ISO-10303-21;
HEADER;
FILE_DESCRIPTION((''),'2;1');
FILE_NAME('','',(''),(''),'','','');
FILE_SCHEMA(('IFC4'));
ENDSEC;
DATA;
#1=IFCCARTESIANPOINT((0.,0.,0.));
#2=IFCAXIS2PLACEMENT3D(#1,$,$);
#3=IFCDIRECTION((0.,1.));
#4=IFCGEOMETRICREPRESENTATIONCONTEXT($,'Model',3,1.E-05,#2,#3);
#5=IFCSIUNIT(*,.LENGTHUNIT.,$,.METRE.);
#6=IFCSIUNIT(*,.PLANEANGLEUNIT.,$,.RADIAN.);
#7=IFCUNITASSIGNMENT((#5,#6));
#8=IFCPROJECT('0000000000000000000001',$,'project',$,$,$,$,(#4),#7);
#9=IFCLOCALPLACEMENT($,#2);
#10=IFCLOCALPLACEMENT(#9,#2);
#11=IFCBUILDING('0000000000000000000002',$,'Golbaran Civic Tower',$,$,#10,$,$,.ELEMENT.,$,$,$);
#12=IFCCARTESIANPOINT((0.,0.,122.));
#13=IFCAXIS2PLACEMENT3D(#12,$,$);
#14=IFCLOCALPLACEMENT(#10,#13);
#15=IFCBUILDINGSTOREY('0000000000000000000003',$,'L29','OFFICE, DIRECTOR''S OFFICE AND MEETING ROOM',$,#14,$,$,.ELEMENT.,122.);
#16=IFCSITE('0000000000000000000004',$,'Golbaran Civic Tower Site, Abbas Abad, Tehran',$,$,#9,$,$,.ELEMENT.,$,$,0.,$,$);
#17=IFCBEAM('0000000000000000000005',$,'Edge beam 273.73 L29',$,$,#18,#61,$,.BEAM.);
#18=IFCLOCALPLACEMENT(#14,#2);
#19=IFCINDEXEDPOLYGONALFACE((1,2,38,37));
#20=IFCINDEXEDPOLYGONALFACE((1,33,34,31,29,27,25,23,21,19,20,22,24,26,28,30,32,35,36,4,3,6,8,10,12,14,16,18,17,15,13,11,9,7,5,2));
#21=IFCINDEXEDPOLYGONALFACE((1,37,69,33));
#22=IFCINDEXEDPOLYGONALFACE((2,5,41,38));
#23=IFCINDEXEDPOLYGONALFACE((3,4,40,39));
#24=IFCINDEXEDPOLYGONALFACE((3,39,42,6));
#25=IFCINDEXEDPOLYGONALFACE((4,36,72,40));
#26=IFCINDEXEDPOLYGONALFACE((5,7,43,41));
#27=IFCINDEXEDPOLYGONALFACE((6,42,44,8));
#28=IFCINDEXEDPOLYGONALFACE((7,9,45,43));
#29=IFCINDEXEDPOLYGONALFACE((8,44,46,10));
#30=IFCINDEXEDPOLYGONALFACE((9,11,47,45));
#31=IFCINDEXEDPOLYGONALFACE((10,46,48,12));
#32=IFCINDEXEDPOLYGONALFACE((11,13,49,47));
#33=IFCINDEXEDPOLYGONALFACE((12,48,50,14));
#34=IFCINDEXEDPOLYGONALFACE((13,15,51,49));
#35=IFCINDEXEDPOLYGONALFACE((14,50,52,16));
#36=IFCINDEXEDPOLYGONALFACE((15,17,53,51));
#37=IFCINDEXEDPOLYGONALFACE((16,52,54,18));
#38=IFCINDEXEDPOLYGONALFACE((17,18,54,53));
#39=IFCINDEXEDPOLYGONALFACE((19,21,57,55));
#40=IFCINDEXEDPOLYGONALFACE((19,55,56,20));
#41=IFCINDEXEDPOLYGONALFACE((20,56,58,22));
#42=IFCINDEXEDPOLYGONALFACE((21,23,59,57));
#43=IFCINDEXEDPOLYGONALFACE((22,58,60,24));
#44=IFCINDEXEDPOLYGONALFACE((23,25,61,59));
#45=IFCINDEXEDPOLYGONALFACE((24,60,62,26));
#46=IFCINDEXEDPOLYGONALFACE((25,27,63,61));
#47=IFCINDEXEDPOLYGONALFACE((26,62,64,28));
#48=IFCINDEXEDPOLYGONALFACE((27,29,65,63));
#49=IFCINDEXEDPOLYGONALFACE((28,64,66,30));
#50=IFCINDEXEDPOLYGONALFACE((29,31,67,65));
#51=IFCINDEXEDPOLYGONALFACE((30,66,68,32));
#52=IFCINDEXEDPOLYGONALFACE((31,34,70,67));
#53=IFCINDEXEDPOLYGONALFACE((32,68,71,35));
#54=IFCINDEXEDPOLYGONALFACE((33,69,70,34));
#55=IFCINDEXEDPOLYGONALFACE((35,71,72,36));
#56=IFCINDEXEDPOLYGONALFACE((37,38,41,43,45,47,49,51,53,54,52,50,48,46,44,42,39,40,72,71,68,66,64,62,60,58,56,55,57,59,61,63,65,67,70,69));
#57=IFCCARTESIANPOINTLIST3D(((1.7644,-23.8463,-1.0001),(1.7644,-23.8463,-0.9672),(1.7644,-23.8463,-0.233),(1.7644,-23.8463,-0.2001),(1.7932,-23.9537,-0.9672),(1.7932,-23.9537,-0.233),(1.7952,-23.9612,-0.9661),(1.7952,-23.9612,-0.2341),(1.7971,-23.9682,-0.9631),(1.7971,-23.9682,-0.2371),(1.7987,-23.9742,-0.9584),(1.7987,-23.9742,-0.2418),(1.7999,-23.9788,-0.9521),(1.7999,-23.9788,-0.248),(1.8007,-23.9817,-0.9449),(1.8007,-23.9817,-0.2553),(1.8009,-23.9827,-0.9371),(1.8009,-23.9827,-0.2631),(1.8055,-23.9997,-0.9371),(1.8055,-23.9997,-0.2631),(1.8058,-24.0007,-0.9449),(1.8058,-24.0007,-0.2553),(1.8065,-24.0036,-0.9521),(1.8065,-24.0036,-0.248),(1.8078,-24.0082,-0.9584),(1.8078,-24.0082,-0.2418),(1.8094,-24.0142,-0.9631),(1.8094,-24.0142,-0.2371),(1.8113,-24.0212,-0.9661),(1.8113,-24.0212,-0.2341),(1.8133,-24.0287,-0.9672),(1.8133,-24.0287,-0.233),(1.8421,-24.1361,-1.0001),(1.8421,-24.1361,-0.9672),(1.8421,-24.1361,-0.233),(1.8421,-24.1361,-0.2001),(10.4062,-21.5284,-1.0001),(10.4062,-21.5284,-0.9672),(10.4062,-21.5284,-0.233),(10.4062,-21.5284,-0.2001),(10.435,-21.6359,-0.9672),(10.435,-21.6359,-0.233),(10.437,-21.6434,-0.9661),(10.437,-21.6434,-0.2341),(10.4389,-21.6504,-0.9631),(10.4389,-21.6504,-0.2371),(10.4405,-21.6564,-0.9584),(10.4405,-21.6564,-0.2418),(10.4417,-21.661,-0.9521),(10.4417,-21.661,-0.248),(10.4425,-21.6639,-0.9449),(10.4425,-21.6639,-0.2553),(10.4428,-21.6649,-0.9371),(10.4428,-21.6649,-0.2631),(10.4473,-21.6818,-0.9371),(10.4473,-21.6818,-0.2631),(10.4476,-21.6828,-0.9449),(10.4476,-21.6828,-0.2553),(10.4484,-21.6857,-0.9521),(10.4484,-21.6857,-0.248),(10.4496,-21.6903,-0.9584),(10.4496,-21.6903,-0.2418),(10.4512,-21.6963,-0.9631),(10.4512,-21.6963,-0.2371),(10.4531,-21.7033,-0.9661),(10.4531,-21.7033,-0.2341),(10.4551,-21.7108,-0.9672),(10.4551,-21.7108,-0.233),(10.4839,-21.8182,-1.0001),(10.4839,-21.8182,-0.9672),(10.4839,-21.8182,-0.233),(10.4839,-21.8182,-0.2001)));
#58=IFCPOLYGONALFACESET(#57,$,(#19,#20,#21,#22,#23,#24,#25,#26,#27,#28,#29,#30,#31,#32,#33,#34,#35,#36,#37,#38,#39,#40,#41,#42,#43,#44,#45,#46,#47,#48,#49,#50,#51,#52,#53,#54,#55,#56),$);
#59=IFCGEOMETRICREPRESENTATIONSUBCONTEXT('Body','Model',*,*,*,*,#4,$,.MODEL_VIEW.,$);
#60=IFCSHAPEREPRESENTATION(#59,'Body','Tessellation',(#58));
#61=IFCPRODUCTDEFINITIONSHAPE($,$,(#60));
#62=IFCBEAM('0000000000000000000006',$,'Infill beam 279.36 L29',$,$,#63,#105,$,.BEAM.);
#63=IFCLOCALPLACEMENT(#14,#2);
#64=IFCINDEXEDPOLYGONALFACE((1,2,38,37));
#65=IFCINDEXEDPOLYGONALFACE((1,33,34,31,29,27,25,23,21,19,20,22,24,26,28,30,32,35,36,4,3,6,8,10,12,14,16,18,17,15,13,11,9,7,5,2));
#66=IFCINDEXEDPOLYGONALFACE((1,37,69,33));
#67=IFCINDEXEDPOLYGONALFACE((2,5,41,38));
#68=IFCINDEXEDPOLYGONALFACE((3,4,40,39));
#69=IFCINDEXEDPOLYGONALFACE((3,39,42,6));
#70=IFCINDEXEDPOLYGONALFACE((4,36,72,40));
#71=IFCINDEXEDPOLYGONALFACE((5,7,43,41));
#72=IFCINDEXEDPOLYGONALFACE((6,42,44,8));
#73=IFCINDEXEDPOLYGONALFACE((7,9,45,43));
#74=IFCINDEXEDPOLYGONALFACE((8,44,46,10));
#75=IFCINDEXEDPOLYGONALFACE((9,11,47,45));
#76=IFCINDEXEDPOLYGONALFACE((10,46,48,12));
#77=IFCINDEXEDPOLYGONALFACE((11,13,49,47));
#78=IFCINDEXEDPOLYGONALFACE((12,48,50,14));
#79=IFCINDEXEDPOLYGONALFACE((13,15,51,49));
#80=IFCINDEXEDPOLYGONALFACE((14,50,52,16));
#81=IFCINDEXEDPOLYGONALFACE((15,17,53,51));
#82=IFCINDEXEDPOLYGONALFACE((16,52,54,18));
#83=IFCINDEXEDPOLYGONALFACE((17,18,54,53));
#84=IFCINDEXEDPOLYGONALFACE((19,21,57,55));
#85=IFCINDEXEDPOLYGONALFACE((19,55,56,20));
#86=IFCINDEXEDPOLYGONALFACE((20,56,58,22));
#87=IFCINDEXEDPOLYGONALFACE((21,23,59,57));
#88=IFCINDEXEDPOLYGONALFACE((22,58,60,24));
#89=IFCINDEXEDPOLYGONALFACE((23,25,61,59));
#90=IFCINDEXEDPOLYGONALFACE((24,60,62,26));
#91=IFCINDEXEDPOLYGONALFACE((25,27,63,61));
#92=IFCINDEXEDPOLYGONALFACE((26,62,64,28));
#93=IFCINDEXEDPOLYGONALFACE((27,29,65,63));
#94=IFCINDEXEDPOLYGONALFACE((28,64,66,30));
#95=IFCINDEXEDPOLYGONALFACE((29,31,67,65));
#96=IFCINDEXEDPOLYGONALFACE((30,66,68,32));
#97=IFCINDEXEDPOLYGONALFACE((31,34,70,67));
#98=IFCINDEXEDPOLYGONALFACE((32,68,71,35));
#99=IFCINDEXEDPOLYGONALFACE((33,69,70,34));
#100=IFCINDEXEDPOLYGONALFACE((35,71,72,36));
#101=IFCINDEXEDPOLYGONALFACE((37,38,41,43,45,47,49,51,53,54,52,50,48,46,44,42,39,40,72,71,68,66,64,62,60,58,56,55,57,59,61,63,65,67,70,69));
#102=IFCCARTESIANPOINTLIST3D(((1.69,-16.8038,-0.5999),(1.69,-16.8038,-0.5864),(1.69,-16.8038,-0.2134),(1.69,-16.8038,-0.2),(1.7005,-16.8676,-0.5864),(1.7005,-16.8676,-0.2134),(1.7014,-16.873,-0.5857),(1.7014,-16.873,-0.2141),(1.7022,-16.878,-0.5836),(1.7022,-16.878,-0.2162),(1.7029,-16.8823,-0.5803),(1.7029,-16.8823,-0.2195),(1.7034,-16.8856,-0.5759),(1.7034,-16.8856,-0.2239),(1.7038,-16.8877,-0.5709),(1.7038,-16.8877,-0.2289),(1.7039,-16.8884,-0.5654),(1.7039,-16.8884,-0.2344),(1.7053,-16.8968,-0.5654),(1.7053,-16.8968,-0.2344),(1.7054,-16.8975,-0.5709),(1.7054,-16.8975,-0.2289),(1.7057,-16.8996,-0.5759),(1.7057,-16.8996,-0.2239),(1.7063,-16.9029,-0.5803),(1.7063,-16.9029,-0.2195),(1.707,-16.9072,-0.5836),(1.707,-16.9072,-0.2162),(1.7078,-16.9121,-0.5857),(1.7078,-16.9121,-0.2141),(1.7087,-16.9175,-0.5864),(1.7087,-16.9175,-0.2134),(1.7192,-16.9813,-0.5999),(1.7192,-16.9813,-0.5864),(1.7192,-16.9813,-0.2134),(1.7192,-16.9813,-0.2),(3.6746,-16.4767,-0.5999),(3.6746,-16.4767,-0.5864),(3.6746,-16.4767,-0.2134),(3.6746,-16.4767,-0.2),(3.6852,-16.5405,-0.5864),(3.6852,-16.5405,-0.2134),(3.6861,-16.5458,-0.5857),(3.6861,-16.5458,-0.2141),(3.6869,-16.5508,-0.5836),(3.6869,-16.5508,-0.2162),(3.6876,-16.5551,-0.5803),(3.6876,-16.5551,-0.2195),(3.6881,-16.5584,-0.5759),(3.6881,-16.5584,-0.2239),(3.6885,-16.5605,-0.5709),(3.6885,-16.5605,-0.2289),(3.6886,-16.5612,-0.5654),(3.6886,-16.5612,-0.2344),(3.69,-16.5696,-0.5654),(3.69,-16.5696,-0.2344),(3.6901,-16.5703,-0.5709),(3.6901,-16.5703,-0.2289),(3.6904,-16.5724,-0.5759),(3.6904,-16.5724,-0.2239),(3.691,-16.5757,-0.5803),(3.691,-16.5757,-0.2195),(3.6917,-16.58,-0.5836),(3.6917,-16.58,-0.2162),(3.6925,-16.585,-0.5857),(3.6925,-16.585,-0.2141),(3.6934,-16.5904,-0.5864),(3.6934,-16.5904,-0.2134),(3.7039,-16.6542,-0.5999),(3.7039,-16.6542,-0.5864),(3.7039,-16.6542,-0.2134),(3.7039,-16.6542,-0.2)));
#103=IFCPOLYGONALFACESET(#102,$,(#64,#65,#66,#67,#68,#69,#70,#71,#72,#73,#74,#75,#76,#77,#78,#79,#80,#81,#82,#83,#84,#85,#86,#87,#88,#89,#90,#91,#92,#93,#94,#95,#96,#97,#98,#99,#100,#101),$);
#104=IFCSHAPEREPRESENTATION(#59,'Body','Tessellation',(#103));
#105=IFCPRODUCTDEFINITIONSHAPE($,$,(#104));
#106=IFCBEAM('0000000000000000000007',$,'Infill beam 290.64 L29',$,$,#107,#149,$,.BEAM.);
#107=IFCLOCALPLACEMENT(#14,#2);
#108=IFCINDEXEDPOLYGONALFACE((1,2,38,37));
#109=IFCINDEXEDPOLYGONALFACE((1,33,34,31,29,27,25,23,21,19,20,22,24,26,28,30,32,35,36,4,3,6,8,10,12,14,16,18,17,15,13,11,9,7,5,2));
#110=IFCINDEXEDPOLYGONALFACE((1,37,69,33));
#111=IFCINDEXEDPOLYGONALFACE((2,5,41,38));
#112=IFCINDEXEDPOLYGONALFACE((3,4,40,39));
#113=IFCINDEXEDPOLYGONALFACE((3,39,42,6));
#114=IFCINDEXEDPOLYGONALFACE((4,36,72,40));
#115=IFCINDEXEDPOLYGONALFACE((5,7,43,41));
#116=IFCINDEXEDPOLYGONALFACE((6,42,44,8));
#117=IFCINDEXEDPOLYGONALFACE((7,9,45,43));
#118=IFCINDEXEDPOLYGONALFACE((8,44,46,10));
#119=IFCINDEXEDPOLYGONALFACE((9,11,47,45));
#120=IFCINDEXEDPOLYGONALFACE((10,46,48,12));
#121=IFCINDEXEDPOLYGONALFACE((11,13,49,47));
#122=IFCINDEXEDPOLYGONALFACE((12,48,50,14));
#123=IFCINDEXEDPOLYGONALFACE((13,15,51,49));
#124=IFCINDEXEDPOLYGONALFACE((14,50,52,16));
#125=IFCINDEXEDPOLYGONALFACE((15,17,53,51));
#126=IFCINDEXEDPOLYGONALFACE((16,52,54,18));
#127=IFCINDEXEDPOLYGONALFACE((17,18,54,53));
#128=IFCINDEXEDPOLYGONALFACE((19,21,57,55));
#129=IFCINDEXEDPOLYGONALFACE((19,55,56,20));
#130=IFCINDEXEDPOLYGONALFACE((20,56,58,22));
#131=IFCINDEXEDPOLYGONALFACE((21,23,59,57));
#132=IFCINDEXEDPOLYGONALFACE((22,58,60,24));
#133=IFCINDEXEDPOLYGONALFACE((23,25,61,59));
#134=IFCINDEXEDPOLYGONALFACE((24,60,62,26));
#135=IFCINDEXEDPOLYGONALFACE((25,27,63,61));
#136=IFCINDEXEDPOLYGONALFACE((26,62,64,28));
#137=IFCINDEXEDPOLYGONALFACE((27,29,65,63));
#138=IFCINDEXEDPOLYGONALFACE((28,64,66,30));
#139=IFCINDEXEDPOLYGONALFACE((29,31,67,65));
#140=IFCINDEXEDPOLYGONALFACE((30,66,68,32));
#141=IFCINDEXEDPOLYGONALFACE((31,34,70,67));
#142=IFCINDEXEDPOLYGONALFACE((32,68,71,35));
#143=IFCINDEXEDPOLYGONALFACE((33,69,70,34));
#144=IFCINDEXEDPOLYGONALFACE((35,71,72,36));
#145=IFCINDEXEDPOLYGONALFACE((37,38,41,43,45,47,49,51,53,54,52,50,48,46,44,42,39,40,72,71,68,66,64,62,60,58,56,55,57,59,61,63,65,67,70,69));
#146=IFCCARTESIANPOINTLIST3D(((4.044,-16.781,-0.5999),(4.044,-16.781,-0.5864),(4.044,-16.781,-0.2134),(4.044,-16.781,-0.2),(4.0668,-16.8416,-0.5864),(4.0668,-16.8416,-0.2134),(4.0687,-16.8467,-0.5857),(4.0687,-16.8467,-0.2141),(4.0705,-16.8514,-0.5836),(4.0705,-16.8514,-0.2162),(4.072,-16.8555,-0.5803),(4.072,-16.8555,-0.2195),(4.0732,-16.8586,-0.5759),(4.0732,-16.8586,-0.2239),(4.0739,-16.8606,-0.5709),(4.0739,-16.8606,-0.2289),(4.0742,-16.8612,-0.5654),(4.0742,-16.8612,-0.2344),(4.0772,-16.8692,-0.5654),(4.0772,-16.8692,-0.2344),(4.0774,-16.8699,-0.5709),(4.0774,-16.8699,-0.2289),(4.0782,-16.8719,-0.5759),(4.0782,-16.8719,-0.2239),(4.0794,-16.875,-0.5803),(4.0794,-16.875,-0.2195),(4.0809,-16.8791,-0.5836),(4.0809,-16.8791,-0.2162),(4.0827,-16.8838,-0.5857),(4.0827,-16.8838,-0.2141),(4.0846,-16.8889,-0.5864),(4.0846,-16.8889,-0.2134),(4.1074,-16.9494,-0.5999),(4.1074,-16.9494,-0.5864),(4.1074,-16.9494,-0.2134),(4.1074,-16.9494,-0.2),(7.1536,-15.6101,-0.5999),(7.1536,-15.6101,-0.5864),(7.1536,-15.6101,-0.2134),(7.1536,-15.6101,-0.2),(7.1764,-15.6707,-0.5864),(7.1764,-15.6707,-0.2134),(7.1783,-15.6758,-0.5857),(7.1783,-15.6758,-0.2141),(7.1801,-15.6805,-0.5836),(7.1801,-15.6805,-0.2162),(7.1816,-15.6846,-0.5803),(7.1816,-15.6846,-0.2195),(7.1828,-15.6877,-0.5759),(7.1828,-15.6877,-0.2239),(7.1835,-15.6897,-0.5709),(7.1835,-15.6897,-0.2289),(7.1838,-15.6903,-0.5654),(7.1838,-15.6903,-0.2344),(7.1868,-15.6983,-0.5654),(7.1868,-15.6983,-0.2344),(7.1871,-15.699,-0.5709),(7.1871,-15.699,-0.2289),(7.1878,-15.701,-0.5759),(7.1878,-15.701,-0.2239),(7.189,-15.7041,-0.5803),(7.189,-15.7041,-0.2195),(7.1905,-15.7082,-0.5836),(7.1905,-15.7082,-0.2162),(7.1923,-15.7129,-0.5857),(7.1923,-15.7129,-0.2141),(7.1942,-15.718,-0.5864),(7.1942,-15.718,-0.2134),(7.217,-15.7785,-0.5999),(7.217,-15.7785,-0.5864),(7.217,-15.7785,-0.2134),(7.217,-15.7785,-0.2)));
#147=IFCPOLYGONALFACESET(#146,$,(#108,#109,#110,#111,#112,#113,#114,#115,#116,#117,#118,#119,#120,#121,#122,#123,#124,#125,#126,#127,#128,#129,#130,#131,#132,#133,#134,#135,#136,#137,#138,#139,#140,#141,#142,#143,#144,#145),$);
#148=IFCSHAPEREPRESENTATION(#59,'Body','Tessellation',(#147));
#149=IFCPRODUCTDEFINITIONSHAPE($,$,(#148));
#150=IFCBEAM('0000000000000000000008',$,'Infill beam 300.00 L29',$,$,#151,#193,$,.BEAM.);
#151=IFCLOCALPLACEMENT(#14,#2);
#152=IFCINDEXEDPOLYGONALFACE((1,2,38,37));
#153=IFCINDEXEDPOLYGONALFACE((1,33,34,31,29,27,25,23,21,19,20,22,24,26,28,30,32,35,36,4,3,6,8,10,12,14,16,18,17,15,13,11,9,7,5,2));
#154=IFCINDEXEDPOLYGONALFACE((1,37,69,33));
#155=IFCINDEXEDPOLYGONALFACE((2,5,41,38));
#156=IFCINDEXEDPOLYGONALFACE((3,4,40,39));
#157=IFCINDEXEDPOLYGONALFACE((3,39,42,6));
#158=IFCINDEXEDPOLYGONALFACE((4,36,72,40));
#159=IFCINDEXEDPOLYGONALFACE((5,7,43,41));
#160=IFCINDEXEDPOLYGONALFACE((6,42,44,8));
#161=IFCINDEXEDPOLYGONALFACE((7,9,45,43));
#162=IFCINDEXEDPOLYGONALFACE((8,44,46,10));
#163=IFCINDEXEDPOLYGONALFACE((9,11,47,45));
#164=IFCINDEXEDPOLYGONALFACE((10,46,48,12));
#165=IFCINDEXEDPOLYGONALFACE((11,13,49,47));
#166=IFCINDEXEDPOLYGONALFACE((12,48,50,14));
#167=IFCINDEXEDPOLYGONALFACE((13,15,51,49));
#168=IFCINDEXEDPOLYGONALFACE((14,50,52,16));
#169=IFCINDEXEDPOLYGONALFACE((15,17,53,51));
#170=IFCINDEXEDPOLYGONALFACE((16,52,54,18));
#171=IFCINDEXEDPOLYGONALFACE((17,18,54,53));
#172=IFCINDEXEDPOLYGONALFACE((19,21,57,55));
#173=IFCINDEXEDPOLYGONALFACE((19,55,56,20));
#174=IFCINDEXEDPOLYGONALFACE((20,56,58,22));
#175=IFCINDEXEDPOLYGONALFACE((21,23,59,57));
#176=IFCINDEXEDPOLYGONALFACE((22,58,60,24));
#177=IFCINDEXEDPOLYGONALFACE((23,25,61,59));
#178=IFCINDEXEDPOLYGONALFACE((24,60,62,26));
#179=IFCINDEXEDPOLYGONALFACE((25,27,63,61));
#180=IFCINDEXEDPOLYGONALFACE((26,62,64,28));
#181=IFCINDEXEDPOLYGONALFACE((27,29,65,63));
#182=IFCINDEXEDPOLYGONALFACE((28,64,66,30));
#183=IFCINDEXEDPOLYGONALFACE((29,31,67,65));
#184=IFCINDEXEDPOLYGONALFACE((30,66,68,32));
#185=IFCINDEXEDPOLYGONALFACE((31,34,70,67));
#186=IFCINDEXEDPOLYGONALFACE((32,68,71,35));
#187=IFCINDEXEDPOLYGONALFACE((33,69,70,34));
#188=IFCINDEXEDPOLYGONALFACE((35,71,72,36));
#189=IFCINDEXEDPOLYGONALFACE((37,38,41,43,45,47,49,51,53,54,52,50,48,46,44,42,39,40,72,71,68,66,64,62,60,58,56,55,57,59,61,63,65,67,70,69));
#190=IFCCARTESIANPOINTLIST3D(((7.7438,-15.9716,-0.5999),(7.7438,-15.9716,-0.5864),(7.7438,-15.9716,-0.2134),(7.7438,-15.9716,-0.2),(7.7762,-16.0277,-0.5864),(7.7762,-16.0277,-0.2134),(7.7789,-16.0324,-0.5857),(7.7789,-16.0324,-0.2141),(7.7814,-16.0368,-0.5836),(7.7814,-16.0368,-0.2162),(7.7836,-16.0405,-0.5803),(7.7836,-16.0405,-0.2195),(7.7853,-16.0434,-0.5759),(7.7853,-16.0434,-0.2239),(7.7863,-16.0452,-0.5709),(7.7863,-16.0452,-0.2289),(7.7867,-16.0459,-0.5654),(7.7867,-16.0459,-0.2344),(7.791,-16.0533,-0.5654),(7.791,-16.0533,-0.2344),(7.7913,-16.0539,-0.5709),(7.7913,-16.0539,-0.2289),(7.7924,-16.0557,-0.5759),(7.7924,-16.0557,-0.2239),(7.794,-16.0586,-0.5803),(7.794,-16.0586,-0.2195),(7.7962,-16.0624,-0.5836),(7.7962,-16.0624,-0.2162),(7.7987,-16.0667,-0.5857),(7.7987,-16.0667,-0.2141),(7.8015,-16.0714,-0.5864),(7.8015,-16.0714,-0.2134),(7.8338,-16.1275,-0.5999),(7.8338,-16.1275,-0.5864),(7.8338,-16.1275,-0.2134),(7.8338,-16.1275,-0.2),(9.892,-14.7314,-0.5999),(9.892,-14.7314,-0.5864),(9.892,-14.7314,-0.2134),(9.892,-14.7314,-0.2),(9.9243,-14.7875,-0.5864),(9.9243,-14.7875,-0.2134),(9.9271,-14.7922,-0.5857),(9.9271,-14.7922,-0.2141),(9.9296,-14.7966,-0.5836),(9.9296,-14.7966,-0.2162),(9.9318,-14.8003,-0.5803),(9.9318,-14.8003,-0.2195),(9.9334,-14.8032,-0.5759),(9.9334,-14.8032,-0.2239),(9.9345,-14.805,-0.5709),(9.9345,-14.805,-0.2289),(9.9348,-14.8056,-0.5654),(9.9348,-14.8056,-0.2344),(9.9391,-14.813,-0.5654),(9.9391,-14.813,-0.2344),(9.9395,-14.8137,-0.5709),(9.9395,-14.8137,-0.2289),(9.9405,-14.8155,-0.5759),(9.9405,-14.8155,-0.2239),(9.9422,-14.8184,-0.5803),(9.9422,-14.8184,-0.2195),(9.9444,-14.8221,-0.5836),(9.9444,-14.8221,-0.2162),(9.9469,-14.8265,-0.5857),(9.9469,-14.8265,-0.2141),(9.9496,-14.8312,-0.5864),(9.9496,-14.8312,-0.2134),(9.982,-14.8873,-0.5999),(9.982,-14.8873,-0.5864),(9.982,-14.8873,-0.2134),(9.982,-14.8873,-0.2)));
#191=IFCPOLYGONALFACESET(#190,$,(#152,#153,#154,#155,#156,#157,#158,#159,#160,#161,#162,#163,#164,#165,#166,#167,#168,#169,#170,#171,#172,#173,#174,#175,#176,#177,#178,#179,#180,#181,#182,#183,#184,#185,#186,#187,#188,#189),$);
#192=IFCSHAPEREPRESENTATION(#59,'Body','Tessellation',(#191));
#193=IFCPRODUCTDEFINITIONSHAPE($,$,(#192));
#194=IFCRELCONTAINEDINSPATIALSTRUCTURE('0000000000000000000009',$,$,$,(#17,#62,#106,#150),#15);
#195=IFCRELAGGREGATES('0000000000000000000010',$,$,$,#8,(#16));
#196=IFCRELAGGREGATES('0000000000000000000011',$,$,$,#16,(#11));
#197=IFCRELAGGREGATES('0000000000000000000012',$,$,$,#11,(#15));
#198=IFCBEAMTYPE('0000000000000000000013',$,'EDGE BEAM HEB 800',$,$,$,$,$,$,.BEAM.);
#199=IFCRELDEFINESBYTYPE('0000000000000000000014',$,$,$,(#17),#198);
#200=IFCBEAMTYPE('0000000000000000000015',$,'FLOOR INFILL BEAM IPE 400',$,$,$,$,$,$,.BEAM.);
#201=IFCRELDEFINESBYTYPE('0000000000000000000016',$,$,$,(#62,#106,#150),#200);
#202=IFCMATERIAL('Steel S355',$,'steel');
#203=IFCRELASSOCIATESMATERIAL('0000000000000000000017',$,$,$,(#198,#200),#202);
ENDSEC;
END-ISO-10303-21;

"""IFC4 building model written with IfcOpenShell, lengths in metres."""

from ifc_helpers import new_model, si_unit, direction, frame, origin, origin_2d, place, context, subcontext, project, spatial, i_section, extrude, material, material_profile, profile_set, type_object, element, save


model = new_model("IFC4")

# Units and contexts
model_context = context("Model", 3, precision=1e-05, world=origin(), true_north=direction((0.0, 1.0)))
body_context = subcontext(model_context, "Body", "Model", "MODEL_VIEW")
ifc_project = project(units=[si_unit("LENGTHUNIT", "METRE"), si_unit("PLANEANGLEUNIT", "RADIAN")], contexts=[model_context])

# Site, building, storey
site_placement = place(None, origin())
site = spatial("IfcSite", under=ifc_project, at=site_placement, Name="Golbaran Civic Tower Site, Abbas Abad, Tehran", CompositionType="ELEMENT", RefElevation=0.0)
building_placement = place(site_placement, origin())
building = spatial("IfcBuilding", under=site, at=building_placement, Name="Golbaran Civic Tower", CompositionType="ELEMENT")
storey_placement = place(building_placement, frame((0.0, 0.0, 122.0)))
storey = spatial("IfcBuildingStorey", under=building, at=storey_placement, Name="L29", Description="OFFICE, DIRECTOR'S OFFICE AND MEETING ROOM", CompositionType="ELEMENT", Elevation=122.0)

# Beams
ifc_material_1 = material(Name="Steel S355", Category="steel")
ifc_material_profile_1 = material_profile(ifc_material_1, i_section(OverallWidth=0.3, OverallDepth=0.8, WebThickness=0.0176, FlangeThickness=0.033, FilletRadius=0.03, at=origin_2d()), Name="HEB 800")
ifc_profile_set_1 = profile_set([ifc_material_profile_1], Name="Steel S355")
beam_type_1 = type_object("IfcBeamType", Name="EDGE BEAM HEB 800", PredefinedType="BEAM", material=ifc_profile_set_1)
beam_1_placement = place(storey_placement, frame((1.8032, -23.9912, -0.6001), z_axis=(0.965862, 0.259058, 0.0), x_axis=(-0.259058, 0.965862, 0.0)))
element("IfcBeam", 1, at=beam_1_placement, inside=storey, type_object=beam_type_1, Name="Edge beam 273.73 L29", PredefinedType="BEAM", context=body_context, shape_type="SweptSolid", body=[
    extrude(i_section(OverallWidth=0.3, OverallDepth=0.8, WebThickness=0.0176, FlangeThickness=0.033, FilletRadius=0.03, at=origin_2d()), origin(), (0.0, 0.0, 1.0), 8.9473),
])
ifc_material_profile_2 = material_profile(ifc_material_1, i_section(OverallWidth=0.1799, OverallDepth=0.3999, WebThickness=0.0085, FlangeThickness=0.0134, FilletRadius=0.021, at=origin_2d()), Name="IPE 400")
ifc_profile_set_2 = profile_set([ifc_material_profile_2], Name="Steel S355")
beam_type_2 = type_object("IfcBeamType", Name="FLOOR INFILL BEAM IPE 400", PredefinedType="BEAM", material=ifc_profile_set_2)
beam_2_placement = place(storey_placement, frame((1.7046, -16.8926, -0.3999), z_axis=(0.986684, 0.162647, 0.0), x_axis=(-0.162647, 0.986684, 0.0)))
element("IfcBeam", 2, at=beam_2_placement, inside=storey, type_object=beam_type_2, Name="Infill beam 279.36 L29", PredefinedType="BEAM", context=body_context, shape_type="SweptSolid", body=[
    extrude(i_section(OverallWidth=0.1799, OverallDepth=0.3999, WebThickness=0.0085, FlangeThickness=0.0134, FilletRadius=0.021, at=origin_2d()), origin(), (0.0, 0.0, 1.0), 2.0115),
])
beam_3_placement = place(storey_placement, frame((4.0757, -16.8652, -0.3999), z_axis=(0.935854, 0.352387, 0.0), x_axis=(-0.352387, 0.935854, 0.0)))
element("IfcBeam", 3, at=beam_3_placement, inside=storey, type_object=beam_type_2, Name="Infill beam 290.64 L29", PredefinedType="BEAM", context=body_context, shape_type="SweptSolid", body=[
    extrude(i_section(OverallWidth=0.1799, OverallDepth=0.3999, WebThickness=0.0085, FlangeThickness=0.0134, FilletRadius=0.021, at=origin_2d()), origin(), (0.0, 0.0, 1.0), 3.3228),
])
beam_4_placement = place(storey_placement, frame((7.7888, -16.0496, -0.3999), z_axis=(0.86603, 0.499992, 0.0), x_axis=(-0.499992, 0.86603, 0.0)))
element("IfcBeam", 4, at=beam_4_placement, inside=storey, type_object=beam_type_2, Name="Infill beam 300.00 L29", PredefinedType="BEAM", context=body_context, shape_type="SweptSolid", body=[
    extrude(i_section(OverallWidth=0.1799, OverallDepth=0.3999, WebThickness=0.0085, FlangeThickness=0.0134, FilletRadius=0.021, at=origin_2d()), origin(), (0.0, 0.0, 1.0), 2.4805),
])

save(model, "model.ifc")
